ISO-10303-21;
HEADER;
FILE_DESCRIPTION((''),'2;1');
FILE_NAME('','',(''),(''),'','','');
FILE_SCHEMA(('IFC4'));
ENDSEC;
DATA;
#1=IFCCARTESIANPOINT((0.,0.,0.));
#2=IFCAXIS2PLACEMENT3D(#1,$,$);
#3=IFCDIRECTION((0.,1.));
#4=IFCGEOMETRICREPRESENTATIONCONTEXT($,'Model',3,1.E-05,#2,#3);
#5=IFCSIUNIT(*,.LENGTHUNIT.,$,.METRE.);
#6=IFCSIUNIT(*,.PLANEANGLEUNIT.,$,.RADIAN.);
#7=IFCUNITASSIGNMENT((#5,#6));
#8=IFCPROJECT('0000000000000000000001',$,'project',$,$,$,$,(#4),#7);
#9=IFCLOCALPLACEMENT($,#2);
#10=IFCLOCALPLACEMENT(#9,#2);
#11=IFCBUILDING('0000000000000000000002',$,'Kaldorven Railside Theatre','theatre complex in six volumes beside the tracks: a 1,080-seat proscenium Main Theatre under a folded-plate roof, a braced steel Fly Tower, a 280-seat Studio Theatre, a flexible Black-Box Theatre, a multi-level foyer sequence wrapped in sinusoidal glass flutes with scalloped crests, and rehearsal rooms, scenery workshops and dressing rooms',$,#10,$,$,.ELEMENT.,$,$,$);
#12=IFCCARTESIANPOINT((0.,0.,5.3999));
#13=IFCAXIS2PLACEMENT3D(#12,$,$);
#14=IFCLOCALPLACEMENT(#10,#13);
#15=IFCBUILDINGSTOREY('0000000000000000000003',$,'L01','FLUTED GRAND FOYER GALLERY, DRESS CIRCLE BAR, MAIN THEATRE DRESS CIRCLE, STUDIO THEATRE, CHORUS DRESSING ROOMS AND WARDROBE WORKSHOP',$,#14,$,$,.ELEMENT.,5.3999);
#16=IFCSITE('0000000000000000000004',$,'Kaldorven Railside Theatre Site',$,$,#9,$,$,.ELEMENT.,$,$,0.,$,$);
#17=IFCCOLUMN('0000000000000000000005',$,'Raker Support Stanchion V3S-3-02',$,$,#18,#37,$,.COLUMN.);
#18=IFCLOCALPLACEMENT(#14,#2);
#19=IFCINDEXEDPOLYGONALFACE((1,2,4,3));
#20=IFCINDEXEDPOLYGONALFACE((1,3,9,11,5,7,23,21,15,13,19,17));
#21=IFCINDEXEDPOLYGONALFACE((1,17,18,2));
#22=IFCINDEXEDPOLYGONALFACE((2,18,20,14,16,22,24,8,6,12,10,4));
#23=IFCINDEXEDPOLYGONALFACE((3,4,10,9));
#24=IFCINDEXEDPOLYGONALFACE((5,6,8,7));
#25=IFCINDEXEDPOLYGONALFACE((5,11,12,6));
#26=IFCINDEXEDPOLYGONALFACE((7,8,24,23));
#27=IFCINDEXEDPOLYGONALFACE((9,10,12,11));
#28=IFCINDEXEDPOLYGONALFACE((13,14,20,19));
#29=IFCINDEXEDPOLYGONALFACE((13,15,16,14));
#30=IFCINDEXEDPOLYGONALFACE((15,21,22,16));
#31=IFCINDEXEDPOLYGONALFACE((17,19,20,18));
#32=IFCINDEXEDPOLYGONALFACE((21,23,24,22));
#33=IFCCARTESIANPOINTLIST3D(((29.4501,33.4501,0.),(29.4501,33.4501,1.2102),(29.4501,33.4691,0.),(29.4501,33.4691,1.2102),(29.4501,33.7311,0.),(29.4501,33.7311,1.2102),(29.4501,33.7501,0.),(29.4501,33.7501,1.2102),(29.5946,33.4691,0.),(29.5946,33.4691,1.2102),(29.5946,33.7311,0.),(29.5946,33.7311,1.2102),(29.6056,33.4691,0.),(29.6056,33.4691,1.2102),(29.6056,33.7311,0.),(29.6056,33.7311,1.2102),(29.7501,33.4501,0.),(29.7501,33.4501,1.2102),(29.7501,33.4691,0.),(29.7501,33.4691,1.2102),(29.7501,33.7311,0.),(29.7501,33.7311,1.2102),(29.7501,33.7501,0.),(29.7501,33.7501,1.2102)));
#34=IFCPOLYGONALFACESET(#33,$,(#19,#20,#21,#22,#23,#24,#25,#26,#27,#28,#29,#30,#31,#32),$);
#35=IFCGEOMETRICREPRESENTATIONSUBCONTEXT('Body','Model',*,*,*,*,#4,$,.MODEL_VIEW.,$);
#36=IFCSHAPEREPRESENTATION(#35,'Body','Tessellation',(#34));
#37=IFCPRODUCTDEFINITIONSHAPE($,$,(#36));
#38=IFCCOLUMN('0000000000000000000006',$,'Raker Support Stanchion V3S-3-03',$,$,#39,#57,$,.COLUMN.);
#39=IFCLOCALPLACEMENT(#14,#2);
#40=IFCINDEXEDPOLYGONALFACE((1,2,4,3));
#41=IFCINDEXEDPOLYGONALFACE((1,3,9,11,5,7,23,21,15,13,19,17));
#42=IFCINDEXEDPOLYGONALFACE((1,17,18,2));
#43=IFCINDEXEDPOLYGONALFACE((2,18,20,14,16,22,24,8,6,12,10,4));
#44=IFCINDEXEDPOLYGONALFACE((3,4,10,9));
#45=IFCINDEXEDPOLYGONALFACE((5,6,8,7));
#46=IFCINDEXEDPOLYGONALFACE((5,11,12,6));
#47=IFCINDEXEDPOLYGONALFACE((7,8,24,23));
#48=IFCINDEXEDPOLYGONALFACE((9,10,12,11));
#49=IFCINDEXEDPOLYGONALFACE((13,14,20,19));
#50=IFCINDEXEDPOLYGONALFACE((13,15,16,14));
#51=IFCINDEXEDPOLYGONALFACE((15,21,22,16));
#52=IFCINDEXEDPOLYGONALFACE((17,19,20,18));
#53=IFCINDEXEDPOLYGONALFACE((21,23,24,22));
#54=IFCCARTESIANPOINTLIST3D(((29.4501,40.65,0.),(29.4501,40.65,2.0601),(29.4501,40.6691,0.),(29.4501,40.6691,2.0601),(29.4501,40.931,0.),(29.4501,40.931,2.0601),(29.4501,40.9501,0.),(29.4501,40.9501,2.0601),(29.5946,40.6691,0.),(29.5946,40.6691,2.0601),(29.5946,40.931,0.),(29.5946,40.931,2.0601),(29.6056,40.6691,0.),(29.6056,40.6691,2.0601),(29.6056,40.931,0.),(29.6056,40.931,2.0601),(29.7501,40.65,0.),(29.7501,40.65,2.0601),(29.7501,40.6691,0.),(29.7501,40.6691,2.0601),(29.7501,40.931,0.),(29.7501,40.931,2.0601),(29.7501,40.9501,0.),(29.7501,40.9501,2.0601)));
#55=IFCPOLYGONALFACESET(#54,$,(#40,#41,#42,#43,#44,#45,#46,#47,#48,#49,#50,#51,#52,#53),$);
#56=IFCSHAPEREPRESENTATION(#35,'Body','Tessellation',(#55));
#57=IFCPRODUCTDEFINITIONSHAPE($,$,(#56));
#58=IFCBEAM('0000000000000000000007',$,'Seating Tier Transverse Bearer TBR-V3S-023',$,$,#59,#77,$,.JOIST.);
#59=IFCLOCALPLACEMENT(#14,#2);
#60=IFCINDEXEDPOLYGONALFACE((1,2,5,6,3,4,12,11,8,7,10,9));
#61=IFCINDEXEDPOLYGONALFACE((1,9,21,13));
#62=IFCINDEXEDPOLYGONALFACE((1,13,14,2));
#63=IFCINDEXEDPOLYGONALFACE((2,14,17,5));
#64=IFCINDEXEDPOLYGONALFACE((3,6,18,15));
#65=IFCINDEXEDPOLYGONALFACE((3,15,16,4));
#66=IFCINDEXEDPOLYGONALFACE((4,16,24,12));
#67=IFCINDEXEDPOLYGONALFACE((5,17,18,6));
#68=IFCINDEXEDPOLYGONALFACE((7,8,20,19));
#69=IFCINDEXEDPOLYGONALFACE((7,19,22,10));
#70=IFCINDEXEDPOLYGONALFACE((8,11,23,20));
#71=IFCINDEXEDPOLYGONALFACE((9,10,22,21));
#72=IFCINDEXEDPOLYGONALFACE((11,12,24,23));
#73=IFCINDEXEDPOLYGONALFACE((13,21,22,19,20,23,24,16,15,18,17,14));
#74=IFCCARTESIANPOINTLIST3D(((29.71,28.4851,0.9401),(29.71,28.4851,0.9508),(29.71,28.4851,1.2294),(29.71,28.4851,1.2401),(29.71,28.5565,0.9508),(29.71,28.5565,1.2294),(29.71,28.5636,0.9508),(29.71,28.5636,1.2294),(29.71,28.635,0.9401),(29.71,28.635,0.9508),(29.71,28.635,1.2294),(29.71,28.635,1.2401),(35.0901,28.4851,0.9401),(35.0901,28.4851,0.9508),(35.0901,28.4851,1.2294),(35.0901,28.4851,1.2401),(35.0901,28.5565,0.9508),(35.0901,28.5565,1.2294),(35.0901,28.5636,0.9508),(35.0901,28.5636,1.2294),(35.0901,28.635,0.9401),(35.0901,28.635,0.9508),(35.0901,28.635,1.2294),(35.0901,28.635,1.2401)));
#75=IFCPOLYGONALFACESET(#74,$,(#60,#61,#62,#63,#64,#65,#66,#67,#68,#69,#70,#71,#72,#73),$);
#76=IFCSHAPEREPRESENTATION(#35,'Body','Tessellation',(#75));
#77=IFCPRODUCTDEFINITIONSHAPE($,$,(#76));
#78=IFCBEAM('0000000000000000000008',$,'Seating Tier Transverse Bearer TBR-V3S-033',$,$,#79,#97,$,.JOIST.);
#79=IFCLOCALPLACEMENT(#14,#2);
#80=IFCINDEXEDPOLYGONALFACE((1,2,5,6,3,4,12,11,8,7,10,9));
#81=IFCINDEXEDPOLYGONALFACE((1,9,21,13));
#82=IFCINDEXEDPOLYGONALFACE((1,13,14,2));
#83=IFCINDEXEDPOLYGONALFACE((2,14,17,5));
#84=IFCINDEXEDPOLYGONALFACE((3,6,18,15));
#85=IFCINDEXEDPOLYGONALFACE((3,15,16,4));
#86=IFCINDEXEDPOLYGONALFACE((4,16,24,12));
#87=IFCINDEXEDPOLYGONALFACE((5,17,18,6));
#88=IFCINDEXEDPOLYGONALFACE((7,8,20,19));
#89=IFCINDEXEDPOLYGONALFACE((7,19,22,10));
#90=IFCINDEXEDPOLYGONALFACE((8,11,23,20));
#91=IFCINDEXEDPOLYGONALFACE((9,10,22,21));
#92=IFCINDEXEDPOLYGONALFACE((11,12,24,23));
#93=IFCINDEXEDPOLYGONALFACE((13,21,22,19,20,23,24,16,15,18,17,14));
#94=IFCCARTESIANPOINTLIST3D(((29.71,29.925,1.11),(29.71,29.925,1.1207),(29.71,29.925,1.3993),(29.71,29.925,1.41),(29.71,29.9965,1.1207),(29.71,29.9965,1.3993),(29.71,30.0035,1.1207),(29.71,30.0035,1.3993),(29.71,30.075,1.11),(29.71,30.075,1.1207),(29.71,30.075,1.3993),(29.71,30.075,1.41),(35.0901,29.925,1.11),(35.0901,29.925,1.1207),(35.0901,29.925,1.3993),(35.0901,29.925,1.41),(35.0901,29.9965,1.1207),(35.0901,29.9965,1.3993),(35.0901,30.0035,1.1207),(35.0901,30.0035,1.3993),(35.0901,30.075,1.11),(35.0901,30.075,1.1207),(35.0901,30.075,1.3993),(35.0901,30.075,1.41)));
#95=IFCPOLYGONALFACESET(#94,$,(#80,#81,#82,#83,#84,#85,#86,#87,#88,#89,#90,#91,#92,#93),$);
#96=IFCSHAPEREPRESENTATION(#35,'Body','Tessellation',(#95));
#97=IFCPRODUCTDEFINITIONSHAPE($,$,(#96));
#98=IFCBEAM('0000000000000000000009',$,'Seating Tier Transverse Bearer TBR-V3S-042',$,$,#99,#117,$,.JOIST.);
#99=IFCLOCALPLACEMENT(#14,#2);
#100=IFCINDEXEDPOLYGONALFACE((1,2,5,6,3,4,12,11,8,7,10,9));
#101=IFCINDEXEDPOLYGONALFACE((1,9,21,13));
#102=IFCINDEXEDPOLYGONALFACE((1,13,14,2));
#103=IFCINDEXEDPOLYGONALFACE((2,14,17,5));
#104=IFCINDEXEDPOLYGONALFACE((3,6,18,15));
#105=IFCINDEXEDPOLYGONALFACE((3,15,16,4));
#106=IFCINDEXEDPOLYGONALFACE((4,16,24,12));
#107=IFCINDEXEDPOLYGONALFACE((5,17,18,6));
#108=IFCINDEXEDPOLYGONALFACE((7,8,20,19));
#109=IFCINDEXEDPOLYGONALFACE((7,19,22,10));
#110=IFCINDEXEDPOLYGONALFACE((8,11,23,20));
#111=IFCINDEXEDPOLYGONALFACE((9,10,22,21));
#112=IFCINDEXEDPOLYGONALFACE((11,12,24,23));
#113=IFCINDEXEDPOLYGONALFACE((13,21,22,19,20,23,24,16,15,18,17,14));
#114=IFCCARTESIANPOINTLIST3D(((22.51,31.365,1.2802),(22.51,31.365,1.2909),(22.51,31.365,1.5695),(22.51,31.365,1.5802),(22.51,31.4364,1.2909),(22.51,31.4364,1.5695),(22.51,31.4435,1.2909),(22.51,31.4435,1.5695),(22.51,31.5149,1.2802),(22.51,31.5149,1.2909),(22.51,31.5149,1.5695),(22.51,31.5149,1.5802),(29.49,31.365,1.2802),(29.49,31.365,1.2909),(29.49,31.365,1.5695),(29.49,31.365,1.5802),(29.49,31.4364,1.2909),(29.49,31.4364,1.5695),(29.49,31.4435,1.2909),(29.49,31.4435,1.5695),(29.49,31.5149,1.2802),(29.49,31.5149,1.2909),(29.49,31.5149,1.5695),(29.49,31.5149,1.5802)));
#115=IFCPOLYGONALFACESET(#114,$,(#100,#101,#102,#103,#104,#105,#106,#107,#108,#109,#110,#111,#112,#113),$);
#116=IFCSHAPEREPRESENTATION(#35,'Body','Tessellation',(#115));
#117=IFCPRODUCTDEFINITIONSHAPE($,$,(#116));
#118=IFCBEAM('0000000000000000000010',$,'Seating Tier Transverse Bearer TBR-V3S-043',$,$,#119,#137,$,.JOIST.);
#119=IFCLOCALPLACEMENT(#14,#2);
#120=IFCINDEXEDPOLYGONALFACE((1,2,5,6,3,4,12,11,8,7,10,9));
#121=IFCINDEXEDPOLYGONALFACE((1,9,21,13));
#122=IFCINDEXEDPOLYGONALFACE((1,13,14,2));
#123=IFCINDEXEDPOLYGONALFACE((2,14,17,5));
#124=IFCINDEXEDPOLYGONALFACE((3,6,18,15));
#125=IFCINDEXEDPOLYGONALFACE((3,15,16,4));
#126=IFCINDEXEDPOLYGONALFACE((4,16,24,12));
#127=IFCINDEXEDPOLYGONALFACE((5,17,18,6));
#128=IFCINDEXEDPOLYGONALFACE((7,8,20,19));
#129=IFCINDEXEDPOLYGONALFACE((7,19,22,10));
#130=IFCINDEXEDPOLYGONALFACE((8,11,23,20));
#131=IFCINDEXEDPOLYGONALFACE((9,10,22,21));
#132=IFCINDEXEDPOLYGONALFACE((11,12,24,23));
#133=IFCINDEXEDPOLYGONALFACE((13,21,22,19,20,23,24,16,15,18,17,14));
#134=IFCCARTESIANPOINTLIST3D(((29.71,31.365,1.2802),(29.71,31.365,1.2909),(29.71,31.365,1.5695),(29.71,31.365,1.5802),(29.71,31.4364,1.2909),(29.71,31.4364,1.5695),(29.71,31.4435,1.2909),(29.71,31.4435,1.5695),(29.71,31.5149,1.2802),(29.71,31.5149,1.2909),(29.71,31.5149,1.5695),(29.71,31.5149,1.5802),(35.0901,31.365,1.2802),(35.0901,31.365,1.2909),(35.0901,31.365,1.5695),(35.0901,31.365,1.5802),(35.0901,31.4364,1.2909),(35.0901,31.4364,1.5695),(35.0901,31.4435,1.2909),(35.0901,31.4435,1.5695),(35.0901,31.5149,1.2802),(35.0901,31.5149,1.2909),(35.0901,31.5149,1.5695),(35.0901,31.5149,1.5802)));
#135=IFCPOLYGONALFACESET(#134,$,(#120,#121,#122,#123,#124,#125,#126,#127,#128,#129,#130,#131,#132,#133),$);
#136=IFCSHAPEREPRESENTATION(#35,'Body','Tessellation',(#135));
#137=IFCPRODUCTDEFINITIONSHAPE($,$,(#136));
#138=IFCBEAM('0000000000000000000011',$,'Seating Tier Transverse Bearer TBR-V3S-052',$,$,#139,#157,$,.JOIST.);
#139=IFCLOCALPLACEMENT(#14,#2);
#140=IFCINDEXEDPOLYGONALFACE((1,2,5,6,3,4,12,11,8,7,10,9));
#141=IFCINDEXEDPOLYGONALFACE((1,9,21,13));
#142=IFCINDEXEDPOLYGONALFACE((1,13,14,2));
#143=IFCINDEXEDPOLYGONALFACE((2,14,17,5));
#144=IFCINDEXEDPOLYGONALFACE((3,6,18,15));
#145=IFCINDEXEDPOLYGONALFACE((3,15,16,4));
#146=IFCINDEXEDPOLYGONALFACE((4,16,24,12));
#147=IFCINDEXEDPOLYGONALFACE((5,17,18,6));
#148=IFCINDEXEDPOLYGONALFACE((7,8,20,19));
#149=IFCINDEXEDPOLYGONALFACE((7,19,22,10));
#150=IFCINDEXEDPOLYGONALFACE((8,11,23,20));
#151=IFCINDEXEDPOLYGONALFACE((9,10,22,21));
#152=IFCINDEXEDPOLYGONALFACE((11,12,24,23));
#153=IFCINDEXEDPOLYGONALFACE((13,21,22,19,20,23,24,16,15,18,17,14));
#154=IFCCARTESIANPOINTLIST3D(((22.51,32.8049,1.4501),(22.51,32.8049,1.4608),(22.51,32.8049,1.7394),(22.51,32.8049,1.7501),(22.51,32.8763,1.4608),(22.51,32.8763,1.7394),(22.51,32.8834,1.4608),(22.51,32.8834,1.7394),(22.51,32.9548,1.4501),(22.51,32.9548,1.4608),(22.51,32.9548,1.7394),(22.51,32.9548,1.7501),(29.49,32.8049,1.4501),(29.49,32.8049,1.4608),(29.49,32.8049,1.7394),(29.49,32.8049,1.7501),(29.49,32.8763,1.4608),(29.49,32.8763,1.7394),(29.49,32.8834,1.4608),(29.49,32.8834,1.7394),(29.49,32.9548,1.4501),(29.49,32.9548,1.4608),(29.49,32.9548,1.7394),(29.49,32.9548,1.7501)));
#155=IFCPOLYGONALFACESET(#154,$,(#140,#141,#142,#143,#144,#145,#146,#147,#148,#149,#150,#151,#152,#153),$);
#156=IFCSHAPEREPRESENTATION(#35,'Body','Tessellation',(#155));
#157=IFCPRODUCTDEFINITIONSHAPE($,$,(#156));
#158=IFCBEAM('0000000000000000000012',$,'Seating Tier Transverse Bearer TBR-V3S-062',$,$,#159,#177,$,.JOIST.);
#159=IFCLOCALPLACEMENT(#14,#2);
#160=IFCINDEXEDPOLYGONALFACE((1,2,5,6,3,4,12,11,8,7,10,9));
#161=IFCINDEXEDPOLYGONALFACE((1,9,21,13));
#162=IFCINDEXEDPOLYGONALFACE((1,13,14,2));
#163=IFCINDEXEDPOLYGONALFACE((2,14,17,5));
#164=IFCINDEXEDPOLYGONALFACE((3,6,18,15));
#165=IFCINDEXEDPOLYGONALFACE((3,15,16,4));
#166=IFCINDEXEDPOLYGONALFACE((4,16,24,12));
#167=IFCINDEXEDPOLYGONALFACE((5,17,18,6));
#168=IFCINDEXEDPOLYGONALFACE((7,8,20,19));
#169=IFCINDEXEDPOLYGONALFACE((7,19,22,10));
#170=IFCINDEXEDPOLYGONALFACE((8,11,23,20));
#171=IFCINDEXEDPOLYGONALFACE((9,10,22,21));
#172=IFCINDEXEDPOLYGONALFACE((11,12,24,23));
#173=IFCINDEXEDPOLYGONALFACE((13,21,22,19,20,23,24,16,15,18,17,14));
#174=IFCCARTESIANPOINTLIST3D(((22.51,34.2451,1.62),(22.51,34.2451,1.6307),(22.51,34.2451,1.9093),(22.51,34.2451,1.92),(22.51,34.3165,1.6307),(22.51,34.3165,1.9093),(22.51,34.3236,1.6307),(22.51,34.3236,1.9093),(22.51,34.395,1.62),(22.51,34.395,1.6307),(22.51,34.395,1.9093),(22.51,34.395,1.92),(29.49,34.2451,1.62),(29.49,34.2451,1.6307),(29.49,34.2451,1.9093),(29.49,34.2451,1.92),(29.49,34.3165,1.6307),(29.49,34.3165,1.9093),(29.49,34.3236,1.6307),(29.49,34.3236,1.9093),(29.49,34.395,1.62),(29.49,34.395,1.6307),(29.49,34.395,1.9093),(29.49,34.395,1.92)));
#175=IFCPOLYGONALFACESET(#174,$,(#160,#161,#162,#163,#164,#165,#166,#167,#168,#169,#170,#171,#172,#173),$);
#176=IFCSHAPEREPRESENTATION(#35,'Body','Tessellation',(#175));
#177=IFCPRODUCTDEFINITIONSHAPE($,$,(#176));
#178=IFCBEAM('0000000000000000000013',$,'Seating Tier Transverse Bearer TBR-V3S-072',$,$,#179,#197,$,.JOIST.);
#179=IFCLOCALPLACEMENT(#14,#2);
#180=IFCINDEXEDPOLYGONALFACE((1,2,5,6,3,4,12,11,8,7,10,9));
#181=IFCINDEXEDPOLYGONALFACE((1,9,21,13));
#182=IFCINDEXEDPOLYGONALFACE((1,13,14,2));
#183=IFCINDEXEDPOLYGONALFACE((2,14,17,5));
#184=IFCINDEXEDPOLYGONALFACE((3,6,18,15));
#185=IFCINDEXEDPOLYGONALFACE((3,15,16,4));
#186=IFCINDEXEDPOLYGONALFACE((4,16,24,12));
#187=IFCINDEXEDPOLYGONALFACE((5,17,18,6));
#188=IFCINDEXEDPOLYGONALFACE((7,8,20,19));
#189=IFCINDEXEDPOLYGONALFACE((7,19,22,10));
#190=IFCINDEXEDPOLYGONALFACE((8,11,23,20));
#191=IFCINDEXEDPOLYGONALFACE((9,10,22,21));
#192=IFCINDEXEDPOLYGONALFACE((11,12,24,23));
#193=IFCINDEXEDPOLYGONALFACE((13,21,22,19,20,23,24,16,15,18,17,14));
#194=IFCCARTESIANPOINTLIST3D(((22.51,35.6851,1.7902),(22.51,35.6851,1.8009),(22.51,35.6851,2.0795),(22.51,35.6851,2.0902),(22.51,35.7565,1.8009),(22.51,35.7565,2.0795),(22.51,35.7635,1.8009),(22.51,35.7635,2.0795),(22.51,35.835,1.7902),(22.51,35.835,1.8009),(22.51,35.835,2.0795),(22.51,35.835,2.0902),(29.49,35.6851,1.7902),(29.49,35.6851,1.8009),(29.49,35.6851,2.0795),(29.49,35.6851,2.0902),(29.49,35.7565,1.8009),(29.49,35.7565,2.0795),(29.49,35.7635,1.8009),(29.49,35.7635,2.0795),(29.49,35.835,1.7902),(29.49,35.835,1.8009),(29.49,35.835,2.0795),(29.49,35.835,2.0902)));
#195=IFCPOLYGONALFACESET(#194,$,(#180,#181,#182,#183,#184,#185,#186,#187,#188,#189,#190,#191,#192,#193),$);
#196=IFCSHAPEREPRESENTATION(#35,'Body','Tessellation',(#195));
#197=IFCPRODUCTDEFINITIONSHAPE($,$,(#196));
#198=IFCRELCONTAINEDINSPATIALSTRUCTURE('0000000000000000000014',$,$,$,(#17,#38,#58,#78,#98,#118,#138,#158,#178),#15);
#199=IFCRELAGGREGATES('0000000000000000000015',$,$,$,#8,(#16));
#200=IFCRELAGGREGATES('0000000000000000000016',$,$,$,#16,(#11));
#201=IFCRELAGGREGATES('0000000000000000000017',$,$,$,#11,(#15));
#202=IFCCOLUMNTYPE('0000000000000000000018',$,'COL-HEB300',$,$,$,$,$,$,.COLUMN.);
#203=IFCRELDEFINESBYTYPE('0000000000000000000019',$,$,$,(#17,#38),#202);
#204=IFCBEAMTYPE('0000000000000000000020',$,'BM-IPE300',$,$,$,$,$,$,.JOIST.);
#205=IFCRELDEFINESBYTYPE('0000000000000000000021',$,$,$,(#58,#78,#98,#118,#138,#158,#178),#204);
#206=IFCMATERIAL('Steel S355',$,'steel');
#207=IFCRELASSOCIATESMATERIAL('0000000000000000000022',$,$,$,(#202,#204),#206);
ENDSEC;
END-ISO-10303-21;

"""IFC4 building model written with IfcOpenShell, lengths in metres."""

from ifc_helpers import new_model, si_unit, direction, frame, origin, origin_2d, place, context, subcontext, project, spatial, i_section, extrude, material, material_profile, profile_set, type_object, element, save


model = new_model("IFC4")

# Units and contexts
model_context = context("Model", 3, precision=1e-05, world=origin(), true_north=direction((0.0, 1.0)))
body_context = subcontext(model_context, "Body", "Model", "MODEL_VIEW")
ifc_project = project(units=[si_unit("LENGTHUNIT", "METRE"), si_unit("PLANEANGLEUNIT", "RADIAN")], contexts=[model_context])

# Site, building, storey
site_placement = place(None, origin())
site = spatial("IfcSite", under=ifc_project, at=site_placement, Name="Kaldorven Railside Theatre Site", CompositionType="ELEMENT", RefElevation=0.0)
building_placement = place(site_placement, origin())
building = spatial("IfcBuilding", under=site, at=building_placement, Name="Kaldorven Railside Theatre", Description="theatre complex in six volumes beside the tracks: a 1,080-seat proscenium Main Theatre under a folded-plate roof, a braced steel Fly Tower, a 280-seat Studio Theatre, a flexible Black-Box Theatre, a multi-level foyer sequence wrapped in sinusoidal glass flutes with scalloped crests, and rehearsal rooms, scenery workshops and dressing rooms", CompositionType="ELEMENT")
storey_placement = place(building_placement, frame((0.0, 0.0, 5.3999)))
storey = spatial("IfcBuildingStorey", under=building, at=storey_placement, Name="L01", Description="FLUTED GRAND FOYER GALLERY, DRESS CIRCLE BAR, MAIN THEATRE DRESS CIRCLE, STUDIO THEATRE, CHORUS DRESSING ROOMS AND WARDROBE WORKSHOP", CompositionType="ELEMENT", Elevation=5.3999)

# Columns
ifc_material_1 = material(Name="Steel S355", Category="steel")
ifc_material_profile_1 = material_profile(ifc_material_1, i_section(OverallWidth=0.3, OverallDepth=0.3, WebThickness=0.011, FlangeThickness=0.019, at=origin_2d()), Name="HEB 300")
ifc_profile_set_1 = profile_set([ifc_material_profile_1], Name="Steel S355")
column_type = type_object("IfcColumnType", Name="COL-HEB300", PredefinedType="COLUMN", material=ifc_profile_set_1)
column_1_placement = place(storey_placement, frame((29.6001, 33.6001, 0.0), z_axis=(0.0, 0.0, 1.0), x_axis=(1.0, 0.0, 0.0)))
element("IfcColumn", 1, at=column_1_placement, inside=storey, type_object=column_type, Name="Raker Support Stanchion V3S-3-02", PredefinedType="COLUMN", context=body_context, shape_type="SweptSolid", body=[
    extrude(i_section(OverallWidth=0.3, OverallDepth=0.3, WebThickness=0.011, FlangeThickness=0.019, at=origin_2d()), origin(), (0.0, 0.0, 1.0), 1.2102),
])
column_2_placement = place(storey_placement, frame((29.6001, 40.8, 0.0), z_axis=(0.0, 0.0, 1.0), x_axis=(1.0, 0.0, 0.0)))
element("IfcColumn", 2, at=column_2_placement, inside=storey, type_object=column_type, Name="Raker Support Stanchion V3S-3-03", PredefinedType="COLUMN", context=body_context, shape_type="SweptSolid", body=[
    extrude(i_section(OverallWidth=0.3, OverallDepth=0.3, WebThickness=0.011, FlangeThickness=0.019, at=origin_2d()), origin(), (0.0, 0.0, 1.0), 2.0601),
])

# Beams
ifc_material_profile_2 = material_profile(ifc_material_1, i_section(OverallWidth=0.1499, OverallDepth=0.3, WebThickness=0.0071, FlangeThickness=0.0107, at=origin_2d()), Name="IPE 300")
ifc_profile_set_2 = profile_set([ifc_material_profile_2], Name="Steel S355")
beam_type_1 = type_object("IfcBeamType", Name="BM-IPE300", PredefinedType="JOIST", material=ifc_profile_set_2)
for number, where, z_axis, x_axis, name in (
    (3, (29.71, 28.5601, 1.0901), (1.0, 0.0, 0.0), (0.0, 1.0, 0.0), "Seating Tier Transverse Bearer TBR-V3S-023"),
    (4, (29.71, 30.0, 1.26), (1.0, 0.0, 0.0), (0.0, 1.0, 0.0), "Seating Tier Transverse Bearer TBR-V3S-033"),
):
    element("IfcBeam", number, at=place(storey_placement, frame(where, z_axis=z_axis, x_axis=x_axis)), inside=storey, type_object=beam_type_1, Name=name, PredefinedType="JOIST", context=body_context, shape_type="SweptSolid", body=[
        extrude(i_section(OverallWidth=0.1499, OverallDepth=0.3, WebThickness=0.0071, FlangeThickness=0.0107, at=origin_2d()), origin(), (0.0, 0.0, 1.0), 5.3801),
    ])
beam_1_placement = place(storey_placement, frame((22.51, 31.4399, 1.4302), z_axis=(1.0, 0.0, 0.0), x_axis=(0.0, 1.0, 0.0)))
element("IfcBeam", 5, at=beam_1_placement, inside=storey, type_object=beam_type_1, Name="Seating Tier Transverse Bearer TBR-V3S-042", PredefinedType="JOIST", context=body_context, shape_type="SweptSolid", body=[
    extrude(i_section(OverallWidth=0.1499, OverallDepth=0.3, WebThickness=0.0071, FlangeThickness=0.0107, at=origin_2d()), origin(), (0.0, 0.0, 1.0), 6.98),
])
beam_2_placement = place(storey_placement, frame((29.71, 31.4399, 1.4302), z_axis=(1.0, 0.0, 0.0), x_axis=(0.0, 1.0, 0.0)))
element("IfcBeam", 6, at=beam_2_placement, inside=storey, type_object=beam_type_1, Name="Seating Tier Transverse Bearer TBR-V3S-043", PredefinedType="JOIST", context=body_context, shape_type="SweptSolid", body=[
    extrude(i_section(OverallWidth=0.1499, OverallDepth=0.3, WebThickness=0.0071, FlangeThickness=0.0107, at=origin_2d()), origin(), (0.0, 0.0, 1.0), 5.3801),
])
for number, where, z_axis, x_axis, name in (
    (7, (22.51, 32.8799, 1.6001), (1.0, 0.0, 0.0), (0.0, 1.0, 0.0), "Seating Tier Transverse Bearer TBR-V3S-052"),
    (8, (22.51, 34.3201, 1.77), (1.0, 0.0, 0.0), (0.0, 1.0, 0.0), "Seating Tier Transverse Bearer TBR-V3S-062"),
    (9, (22.51, 35.76, 1.9402), (1.0, 0.0, 0.0), (0.0, 1.0, 0.0), "Seating Tier Transverse Bearer TBR-V3S-072"),
):
    element("IfcBeam", number, at=place(storey_placement, frame(where, z_axis=z_axis, x_axis=x_axis)), inside=storey, type_object=beam_type_1, Name=name, PredefinedType="JOIST", context=body_context, shape_type="SweptSolid", body=[
        extrude(i_section(OverallWidth=0.1499, OverallDepth=0.3, WebThickness=0.0071, FlangeThickness=0.0107, at=origin_2d()), origin(), (0.0, 0.0, 1.0), 6.98),
    ])

save(model, "model.ifc")
